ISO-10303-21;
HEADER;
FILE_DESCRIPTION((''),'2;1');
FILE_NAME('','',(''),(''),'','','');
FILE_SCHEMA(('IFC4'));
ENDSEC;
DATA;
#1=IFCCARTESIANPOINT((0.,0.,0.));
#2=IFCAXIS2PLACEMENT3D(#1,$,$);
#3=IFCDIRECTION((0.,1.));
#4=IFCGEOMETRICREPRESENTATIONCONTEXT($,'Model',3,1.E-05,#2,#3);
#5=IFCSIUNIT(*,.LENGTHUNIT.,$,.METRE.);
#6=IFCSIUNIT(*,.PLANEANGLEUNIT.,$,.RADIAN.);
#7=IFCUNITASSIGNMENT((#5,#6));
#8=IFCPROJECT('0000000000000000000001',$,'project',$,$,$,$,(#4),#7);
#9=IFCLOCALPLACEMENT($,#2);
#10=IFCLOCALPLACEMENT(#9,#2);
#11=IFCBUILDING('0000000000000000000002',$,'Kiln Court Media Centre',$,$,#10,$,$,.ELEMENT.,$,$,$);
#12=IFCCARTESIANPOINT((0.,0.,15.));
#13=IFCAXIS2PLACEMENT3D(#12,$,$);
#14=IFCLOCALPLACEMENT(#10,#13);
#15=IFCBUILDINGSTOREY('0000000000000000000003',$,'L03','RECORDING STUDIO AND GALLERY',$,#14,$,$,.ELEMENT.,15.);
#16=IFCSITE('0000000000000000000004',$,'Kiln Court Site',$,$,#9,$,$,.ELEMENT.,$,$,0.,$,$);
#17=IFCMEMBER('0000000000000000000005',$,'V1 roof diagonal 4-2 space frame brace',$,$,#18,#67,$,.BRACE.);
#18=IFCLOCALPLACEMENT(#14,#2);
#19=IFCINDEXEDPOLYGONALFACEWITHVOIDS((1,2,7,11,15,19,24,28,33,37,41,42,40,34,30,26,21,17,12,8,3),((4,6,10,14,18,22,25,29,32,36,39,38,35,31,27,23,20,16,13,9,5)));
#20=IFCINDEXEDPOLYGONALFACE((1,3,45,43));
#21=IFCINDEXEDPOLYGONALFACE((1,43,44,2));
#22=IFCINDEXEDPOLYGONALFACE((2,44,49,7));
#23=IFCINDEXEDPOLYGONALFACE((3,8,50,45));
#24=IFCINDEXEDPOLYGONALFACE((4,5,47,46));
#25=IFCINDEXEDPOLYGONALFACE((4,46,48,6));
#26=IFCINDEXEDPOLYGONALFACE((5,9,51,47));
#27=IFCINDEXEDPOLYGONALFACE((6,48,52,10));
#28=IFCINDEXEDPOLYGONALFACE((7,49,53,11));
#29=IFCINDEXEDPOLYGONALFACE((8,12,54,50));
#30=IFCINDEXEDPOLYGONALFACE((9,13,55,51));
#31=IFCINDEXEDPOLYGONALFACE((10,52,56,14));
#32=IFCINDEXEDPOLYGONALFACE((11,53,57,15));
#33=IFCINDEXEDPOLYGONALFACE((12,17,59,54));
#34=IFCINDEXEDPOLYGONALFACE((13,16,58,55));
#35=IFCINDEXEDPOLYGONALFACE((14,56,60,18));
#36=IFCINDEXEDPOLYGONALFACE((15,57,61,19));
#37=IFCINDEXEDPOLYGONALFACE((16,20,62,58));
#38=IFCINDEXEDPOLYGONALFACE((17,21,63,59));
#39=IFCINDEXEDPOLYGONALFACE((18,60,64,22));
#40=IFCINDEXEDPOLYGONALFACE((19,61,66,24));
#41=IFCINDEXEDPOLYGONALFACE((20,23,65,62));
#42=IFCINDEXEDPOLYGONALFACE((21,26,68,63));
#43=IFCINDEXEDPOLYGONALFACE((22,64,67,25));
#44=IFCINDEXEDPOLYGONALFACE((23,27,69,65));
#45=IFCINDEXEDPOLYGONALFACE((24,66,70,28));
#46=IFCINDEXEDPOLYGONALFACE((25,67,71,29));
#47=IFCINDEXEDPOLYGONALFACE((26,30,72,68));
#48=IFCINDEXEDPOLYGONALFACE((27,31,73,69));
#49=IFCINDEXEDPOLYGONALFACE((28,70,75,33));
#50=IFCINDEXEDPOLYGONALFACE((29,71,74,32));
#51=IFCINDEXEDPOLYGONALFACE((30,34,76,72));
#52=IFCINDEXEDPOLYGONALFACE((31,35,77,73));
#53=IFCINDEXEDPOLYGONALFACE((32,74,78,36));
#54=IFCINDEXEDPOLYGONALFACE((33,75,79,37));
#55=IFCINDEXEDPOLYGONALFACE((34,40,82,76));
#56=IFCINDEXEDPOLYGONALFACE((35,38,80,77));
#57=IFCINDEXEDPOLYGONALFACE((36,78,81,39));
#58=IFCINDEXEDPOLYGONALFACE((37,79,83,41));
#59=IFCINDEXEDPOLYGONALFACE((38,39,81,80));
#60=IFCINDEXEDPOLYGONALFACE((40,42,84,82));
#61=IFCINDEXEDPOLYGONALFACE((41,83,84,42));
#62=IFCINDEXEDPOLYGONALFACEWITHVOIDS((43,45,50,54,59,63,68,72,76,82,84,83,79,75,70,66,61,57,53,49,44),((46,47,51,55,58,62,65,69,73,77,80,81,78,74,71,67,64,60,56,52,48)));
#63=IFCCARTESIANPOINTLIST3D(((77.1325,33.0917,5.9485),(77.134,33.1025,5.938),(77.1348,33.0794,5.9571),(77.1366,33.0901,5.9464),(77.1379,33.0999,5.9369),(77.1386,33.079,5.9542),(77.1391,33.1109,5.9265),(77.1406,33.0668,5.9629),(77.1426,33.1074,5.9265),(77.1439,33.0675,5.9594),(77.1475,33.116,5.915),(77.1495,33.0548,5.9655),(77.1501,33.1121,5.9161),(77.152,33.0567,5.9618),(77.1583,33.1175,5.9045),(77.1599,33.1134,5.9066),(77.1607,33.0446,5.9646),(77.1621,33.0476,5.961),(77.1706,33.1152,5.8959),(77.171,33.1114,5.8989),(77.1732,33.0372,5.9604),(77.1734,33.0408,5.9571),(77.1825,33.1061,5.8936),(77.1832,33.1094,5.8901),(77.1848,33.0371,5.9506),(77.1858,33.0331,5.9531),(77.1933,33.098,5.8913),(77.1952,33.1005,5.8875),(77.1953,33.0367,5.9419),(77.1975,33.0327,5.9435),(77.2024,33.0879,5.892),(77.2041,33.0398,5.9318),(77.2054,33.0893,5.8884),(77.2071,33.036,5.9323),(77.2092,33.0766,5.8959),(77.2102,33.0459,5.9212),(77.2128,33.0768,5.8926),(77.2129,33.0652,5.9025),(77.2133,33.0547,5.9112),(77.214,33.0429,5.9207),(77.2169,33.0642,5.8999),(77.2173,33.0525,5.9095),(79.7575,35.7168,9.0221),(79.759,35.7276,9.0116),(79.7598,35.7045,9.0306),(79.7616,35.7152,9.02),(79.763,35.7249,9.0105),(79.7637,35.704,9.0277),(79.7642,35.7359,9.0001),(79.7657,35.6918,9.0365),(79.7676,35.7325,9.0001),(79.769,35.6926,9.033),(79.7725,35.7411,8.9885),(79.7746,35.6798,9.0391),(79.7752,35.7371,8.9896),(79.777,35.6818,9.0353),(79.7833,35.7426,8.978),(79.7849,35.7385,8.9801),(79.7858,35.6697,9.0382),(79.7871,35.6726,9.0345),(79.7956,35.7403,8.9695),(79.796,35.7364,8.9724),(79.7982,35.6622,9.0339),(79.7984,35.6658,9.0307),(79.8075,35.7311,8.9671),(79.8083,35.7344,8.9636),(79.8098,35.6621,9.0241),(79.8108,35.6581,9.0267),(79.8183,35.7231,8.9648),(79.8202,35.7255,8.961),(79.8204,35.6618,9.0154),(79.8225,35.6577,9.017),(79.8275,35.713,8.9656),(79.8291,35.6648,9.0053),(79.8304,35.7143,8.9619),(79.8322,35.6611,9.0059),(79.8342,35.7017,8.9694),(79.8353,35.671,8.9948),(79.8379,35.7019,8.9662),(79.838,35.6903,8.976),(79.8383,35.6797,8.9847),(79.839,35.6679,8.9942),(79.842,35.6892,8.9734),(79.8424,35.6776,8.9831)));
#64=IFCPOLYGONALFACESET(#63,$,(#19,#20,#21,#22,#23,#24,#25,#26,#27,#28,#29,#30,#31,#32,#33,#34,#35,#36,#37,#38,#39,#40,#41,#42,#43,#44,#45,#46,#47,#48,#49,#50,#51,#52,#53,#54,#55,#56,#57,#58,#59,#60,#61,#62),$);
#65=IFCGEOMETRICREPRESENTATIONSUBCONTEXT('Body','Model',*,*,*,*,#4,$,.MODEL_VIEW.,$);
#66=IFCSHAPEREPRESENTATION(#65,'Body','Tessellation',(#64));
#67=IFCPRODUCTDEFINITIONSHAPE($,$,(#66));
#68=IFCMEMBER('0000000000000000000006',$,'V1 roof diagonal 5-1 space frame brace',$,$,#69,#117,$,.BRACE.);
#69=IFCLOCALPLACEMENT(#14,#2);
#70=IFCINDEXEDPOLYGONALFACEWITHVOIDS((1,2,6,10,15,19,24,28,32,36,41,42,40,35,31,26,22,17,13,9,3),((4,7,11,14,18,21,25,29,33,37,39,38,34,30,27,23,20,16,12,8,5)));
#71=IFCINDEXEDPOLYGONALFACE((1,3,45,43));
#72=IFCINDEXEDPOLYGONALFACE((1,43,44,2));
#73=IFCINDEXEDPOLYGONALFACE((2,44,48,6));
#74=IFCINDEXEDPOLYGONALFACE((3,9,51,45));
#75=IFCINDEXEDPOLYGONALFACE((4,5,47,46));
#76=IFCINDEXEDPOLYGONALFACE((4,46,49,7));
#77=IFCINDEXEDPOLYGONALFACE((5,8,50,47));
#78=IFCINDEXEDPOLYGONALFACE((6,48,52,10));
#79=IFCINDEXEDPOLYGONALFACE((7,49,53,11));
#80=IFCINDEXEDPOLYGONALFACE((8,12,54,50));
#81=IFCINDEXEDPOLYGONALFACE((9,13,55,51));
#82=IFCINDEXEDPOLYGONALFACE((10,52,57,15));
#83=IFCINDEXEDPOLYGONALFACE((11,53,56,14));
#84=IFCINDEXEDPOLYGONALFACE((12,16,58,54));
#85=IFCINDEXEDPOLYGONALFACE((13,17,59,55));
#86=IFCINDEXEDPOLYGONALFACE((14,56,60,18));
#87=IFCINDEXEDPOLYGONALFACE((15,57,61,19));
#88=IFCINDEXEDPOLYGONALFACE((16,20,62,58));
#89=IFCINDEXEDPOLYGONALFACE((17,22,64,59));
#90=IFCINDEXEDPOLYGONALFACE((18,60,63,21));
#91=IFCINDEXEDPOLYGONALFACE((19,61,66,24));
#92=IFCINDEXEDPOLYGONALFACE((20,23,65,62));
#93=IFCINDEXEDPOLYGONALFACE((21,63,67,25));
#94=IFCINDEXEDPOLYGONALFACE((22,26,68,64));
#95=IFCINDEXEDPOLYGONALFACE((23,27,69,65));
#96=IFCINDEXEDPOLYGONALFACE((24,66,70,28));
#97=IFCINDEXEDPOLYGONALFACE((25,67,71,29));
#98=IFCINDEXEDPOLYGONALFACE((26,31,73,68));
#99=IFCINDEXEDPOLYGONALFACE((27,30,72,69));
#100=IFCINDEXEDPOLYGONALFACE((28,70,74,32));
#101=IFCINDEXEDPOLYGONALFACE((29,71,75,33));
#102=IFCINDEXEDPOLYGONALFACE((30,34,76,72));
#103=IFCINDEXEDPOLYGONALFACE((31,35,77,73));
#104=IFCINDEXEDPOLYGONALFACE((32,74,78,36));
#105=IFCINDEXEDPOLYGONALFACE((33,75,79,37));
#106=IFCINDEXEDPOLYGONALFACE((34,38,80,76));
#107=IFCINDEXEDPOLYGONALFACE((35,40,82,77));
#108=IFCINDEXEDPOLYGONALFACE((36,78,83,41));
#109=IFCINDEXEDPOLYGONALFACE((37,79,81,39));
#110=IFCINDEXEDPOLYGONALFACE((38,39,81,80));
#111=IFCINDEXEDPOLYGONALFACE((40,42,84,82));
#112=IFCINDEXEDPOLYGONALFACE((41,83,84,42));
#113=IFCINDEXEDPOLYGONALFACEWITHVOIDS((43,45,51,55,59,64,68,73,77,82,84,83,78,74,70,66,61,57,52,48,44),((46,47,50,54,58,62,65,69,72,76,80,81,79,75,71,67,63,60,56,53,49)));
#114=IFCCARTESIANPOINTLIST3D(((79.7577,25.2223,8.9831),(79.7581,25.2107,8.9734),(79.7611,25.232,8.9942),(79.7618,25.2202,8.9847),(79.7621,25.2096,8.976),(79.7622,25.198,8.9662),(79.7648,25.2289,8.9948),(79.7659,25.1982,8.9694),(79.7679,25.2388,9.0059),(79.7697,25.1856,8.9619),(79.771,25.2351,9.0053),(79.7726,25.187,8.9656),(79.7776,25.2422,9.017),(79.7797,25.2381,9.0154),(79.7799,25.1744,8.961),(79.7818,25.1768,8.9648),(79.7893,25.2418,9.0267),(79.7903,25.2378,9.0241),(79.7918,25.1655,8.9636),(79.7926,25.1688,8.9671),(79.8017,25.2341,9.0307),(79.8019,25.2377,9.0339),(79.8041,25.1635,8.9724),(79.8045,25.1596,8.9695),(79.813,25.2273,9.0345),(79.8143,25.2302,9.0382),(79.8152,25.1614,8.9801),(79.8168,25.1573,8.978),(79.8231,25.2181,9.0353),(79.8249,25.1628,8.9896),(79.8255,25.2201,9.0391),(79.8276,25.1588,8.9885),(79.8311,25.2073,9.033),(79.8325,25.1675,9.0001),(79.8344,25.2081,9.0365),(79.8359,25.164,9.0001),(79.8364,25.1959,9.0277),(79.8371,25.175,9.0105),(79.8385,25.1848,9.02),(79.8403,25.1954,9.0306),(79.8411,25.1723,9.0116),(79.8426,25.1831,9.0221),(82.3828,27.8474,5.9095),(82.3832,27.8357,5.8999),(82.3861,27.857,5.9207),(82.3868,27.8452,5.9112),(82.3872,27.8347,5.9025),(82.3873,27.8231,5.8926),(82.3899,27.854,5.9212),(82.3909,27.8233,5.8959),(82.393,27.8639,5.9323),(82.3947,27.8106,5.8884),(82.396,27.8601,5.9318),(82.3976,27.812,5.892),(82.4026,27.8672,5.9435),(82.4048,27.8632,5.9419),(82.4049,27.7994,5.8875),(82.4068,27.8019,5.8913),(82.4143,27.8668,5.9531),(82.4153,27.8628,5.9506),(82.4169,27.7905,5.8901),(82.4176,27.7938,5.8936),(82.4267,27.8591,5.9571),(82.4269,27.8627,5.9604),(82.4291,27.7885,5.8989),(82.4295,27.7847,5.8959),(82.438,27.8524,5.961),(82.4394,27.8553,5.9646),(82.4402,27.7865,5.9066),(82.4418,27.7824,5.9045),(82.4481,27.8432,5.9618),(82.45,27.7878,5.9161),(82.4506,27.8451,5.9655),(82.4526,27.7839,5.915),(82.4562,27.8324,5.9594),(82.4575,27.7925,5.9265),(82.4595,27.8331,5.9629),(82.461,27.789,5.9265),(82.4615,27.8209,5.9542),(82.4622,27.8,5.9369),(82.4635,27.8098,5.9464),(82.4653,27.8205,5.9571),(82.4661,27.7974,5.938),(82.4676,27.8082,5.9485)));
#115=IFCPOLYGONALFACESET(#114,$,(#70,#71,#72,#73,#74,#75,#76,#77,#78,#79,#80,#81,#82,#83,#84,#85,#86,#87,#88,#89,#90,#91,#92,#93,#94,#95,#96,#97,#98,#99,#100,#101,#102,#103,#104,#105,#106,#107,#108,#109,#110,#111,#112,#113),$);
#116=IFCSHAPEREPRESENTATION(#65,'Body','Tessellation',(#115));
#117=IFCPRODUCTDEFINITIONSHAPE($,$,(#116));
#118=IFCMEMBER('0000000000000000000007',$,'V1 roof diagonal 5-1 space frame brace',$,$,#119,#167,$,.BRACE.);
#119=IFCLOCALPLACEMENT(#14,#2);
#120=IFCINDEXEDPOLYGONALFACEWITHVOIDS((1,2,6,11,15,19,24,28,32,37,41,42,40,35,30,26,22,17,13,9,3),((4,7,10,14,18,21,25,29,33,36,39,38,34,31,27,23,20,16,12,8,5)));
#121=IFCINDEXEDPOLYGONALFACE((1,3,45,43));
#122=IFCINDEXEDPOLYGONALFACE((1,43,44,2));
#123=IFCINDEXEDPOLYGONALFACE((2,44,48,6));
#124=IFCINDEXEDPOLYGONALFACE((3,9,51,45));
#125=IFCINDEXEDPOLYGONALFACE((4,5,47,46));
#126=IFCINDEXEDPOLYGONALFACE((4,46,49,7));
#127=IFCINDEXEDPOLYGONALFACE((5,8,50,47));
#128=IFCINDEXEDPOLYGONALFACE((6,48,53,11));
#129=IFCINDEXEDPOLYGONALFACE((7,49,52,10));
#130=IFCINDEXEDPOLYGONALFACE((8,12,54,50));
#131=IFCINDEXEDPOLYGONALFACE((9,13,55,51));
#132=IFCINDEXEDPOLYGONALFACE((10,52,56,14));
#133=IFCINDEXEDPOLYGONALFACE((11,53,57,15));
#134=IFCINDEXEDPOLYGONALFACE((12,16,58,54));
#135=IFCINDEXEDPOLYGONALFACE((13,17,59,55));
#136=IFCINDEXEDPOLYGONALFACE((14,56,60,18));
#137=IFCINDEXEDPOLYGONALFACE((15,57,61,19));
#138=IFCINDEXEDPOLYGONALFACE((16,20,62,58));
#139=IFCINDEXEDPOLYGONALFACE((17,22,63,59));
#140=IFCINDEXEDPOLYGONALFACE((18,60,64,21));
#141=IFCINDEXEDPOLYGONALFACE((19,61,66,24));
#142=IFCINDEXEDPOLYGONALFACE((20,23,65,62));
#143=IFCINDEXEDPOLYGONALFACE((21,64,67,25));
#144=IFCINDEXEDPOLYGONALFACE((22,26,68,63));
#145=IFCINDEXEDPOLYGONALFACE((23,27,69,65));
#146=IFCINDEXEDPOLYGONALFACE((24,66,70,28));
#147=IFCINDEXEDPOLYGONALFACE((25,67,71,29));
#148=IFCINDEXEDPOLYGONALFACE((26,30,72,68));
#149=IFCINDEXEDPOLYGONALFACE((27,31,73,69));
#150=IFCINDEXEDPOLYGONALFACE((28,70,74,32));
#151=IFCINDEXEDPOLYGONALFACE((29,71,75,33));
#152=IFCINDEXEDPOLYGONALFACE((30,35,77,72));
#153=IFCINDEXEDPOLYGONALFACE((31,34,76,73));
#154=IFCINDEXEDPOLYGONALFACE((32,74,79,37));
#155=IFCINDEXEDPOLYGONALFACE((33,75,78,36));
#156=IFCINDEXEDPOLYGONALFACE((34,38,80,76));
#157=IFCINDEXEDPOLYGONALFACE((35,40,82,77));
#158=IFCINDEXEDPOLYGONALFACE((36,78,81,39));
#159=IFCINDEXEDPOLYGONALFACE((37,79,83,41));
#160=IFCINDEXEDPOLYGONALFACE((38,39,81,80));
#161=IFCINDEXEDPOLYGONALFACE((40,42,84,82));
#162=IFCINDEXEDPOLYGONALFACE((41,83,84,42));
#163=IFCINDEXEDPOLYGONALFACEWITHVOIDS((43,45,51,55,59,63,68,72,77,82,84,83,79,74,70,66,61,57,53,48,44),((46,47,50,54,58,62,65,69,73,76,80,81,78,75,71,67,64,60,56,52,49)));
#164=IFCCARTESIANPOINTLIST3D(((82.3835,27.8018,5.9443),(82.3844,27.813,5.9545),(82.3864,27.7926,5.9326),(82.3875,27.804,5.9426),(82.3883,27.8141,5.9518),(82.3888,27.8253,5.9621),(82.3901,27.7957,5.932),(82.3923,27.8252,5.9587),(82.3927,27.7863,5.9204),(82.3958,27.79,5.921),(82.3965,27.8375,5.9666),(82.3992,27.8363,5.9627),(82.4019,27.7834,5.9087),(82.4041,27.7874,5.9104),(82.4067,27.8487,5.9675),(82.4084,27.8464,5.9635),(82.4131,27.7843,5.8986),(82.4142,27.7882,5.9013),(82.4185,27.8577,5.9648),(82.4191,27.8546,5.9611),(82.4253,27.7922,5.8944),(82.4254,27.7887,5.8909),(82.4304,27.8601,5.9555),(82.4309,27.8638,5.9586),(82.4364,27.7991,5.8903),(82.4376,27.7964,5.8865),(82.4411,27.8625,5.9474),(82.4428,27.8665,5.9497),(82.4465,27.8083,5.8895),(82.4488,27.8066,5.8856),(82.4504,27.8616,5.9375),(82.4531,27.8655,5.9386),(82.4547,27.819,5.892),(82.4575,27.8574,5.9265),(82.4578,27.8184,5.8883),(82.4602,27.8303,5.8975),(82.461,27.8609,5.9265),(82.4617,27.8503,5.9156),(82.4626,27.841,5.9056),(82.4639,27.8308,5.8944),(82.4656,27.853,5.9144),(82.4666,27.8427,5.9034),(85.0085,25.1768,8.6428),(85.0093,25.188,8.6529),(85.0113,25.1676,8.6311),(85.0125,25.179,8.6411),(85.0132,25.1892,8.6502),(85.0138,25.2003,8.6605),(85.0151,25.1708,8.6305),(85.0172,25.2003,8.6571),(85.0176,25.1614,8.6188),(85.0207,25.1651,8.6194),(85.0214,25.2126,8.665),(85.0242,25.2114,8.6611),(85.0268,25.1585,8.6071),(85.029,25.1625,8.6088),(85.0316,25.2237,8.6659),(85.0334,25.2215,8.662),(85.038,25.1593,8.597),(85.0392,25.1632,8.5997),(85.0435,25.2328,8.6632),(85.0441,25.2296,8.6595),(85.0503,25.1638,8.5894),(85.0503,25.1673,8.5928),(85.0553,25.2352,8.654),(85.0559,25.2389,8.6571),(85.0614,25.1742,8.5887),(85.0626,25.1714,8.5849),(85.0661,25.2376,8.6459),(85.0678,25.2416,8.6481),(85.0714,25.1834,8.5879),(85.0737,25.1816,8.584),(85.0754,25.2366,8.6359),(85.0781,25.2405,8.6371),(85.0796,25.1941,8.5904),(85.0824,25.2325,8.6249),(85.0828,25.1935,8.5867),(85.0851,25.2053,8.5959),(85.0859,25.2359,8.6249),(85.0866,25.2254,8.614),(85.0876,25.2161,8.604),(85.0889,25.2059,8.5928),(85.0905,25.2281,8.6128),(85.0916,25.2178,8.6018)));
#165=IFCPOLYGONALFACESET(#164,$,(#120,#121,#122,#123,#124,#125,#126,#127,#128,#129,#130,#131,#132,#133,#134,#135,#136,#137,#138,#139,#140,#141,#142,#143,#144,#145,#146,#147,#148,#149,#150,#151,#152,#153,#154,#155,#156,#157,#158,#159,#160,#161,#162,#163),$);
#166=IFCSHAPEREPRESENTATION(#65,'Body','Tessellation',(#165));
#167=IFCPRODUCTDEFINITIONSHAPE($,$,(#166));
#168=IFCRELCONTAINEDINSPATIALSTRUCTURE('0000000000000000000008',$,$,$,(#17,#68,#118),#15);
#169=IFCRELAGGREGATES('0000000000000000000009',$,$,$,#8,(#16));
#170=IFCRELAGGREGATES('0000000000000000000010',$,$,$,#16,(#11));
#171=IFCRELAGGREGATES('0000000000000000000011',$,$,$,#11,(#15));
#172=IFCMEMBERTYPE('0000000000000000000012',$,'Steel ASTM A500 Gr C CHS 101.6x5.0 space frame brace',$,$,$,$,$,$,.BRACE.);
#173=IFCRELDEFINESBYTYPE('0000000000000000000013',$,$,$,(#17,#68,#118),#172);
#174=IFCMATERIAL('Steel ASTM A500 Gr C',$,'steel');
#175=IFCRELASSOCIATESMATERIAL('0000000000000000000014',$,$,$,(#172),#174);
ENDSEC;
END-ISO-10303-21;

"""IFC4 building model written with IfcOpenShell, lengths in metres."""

from ifc_helpers import new_model, si_unit, direction, frame, origin, origin_2d, place, context, subcontext, project, spatial, hollow_circle, extrude, material, material_profile, profile_set, type_object, element, save


model = new_model("IFC4")

# Units and contexts
model_context = context("Model", 3, precision=1e-05, world=origin(), true_north=direction((0.0, 1.0)))
body_context = subcontext(model_context, "Body", "Model", "MODEL_VIEW")
ifc_project = project(units=[si_unit("LENGTHUNIT", "METRE"), si_unit("PLANEANGLEUNIT", "RADIAN")], contexts=[model_context])

# Site, building, storey
site_placement = place(None, origin())
site = spatial("IfcSite", under=ifc_project, at=site_placement, Name="Kiln Court Site", CompositionType="ELEMENT", RefElevation=0.0)
building_placement = place(site_placement, origin())
building = spatial("IfcBuilding", under=site, at=building_placement, Name="Kiln Court Media Centre", CompositionType="ELEMENT")
storey_placement = place(building_placement, frame((0.0, 0.0, 15.0)))
storey = spatial("IfcBuildingStorey", under=building, at=storey_placement, Name="L03", Description="RECORDING STUDIO AND GALLERY", CompositionType="ELEMENT", Elevation=15.0)

# Members
ifc_material_1 = material(Name="Steel ASTM A500 Gr C", Category="steel")
ifc_material_profile_1 = material_profile(ifc_material_1, hollow_circle(Radius=0.0508, WallThickness=0.0049, at=origin_2d()), Name="CHS 101.6x5.0")
ifc_profile_set_1 = profile_set([ifc_material_profile_1], Name="Steel ASTM A500 Gr C")
member_type_1 = type_object("IfcMemberType", Name="Steel ASTM A500 Gr C CHS 101.6x5.0 space frame brace", PredefinedType="BRACE", material=ifc_profile_set_1)
for number, where, z_axis, x_axis, name in (
    (1, (77.175, 33.075, 5.9265), (0.544662, 0.544662, 0.637719), (-0.707107, 0.707107, 0.0), "V1 roof diagonal 4-2 space frame brace"),
    (2, (82.425, 27.825, 5.9265), (-0.544662, -0.544662, 0.637719), (0.707107, -0.707107, 0.0), "V1 roof diagonal 5-1 space frame brace"),
):
    element("IfcMember", number, at=place(storey_placement, frame(where, z_axis=z_axis, x_axis=x_axis)), inside=storey, type_object=member_type_1, Name=name, PredefinedType="BRACE", context=body_context, shape_type="SweptSolid", body=[
        extrude(hollow_circle(Radius=0.0508, WallThickness=0.0049, at=origin_2d()), origin(), (0.0, 0.0, 1.0), 4.8196),
    ])
member_1_placement = place(storey_placement, frame((82.425, 27.825, 5.9265), z_axis=(0.571964, -0.571964, 0.587976), x_axis=(0.707107, 0.707107, 0.0)))
element("IfcMember", 3, at=member_1_placement, inside=storey, type_object=member_type_1, Name="V1 roof diagonal 5-1 space frame brace", PredefinedType="BRACE", context=body_context, shape_type="SweptSolid", body=[
    extrude(hollow_circle(Radius=0.0508, WallThickness=0.0049, at=origin_2d()), origin(), (0.0, 0.0, 1.0), 4.5894),
])

save(model, "model.ifc")
